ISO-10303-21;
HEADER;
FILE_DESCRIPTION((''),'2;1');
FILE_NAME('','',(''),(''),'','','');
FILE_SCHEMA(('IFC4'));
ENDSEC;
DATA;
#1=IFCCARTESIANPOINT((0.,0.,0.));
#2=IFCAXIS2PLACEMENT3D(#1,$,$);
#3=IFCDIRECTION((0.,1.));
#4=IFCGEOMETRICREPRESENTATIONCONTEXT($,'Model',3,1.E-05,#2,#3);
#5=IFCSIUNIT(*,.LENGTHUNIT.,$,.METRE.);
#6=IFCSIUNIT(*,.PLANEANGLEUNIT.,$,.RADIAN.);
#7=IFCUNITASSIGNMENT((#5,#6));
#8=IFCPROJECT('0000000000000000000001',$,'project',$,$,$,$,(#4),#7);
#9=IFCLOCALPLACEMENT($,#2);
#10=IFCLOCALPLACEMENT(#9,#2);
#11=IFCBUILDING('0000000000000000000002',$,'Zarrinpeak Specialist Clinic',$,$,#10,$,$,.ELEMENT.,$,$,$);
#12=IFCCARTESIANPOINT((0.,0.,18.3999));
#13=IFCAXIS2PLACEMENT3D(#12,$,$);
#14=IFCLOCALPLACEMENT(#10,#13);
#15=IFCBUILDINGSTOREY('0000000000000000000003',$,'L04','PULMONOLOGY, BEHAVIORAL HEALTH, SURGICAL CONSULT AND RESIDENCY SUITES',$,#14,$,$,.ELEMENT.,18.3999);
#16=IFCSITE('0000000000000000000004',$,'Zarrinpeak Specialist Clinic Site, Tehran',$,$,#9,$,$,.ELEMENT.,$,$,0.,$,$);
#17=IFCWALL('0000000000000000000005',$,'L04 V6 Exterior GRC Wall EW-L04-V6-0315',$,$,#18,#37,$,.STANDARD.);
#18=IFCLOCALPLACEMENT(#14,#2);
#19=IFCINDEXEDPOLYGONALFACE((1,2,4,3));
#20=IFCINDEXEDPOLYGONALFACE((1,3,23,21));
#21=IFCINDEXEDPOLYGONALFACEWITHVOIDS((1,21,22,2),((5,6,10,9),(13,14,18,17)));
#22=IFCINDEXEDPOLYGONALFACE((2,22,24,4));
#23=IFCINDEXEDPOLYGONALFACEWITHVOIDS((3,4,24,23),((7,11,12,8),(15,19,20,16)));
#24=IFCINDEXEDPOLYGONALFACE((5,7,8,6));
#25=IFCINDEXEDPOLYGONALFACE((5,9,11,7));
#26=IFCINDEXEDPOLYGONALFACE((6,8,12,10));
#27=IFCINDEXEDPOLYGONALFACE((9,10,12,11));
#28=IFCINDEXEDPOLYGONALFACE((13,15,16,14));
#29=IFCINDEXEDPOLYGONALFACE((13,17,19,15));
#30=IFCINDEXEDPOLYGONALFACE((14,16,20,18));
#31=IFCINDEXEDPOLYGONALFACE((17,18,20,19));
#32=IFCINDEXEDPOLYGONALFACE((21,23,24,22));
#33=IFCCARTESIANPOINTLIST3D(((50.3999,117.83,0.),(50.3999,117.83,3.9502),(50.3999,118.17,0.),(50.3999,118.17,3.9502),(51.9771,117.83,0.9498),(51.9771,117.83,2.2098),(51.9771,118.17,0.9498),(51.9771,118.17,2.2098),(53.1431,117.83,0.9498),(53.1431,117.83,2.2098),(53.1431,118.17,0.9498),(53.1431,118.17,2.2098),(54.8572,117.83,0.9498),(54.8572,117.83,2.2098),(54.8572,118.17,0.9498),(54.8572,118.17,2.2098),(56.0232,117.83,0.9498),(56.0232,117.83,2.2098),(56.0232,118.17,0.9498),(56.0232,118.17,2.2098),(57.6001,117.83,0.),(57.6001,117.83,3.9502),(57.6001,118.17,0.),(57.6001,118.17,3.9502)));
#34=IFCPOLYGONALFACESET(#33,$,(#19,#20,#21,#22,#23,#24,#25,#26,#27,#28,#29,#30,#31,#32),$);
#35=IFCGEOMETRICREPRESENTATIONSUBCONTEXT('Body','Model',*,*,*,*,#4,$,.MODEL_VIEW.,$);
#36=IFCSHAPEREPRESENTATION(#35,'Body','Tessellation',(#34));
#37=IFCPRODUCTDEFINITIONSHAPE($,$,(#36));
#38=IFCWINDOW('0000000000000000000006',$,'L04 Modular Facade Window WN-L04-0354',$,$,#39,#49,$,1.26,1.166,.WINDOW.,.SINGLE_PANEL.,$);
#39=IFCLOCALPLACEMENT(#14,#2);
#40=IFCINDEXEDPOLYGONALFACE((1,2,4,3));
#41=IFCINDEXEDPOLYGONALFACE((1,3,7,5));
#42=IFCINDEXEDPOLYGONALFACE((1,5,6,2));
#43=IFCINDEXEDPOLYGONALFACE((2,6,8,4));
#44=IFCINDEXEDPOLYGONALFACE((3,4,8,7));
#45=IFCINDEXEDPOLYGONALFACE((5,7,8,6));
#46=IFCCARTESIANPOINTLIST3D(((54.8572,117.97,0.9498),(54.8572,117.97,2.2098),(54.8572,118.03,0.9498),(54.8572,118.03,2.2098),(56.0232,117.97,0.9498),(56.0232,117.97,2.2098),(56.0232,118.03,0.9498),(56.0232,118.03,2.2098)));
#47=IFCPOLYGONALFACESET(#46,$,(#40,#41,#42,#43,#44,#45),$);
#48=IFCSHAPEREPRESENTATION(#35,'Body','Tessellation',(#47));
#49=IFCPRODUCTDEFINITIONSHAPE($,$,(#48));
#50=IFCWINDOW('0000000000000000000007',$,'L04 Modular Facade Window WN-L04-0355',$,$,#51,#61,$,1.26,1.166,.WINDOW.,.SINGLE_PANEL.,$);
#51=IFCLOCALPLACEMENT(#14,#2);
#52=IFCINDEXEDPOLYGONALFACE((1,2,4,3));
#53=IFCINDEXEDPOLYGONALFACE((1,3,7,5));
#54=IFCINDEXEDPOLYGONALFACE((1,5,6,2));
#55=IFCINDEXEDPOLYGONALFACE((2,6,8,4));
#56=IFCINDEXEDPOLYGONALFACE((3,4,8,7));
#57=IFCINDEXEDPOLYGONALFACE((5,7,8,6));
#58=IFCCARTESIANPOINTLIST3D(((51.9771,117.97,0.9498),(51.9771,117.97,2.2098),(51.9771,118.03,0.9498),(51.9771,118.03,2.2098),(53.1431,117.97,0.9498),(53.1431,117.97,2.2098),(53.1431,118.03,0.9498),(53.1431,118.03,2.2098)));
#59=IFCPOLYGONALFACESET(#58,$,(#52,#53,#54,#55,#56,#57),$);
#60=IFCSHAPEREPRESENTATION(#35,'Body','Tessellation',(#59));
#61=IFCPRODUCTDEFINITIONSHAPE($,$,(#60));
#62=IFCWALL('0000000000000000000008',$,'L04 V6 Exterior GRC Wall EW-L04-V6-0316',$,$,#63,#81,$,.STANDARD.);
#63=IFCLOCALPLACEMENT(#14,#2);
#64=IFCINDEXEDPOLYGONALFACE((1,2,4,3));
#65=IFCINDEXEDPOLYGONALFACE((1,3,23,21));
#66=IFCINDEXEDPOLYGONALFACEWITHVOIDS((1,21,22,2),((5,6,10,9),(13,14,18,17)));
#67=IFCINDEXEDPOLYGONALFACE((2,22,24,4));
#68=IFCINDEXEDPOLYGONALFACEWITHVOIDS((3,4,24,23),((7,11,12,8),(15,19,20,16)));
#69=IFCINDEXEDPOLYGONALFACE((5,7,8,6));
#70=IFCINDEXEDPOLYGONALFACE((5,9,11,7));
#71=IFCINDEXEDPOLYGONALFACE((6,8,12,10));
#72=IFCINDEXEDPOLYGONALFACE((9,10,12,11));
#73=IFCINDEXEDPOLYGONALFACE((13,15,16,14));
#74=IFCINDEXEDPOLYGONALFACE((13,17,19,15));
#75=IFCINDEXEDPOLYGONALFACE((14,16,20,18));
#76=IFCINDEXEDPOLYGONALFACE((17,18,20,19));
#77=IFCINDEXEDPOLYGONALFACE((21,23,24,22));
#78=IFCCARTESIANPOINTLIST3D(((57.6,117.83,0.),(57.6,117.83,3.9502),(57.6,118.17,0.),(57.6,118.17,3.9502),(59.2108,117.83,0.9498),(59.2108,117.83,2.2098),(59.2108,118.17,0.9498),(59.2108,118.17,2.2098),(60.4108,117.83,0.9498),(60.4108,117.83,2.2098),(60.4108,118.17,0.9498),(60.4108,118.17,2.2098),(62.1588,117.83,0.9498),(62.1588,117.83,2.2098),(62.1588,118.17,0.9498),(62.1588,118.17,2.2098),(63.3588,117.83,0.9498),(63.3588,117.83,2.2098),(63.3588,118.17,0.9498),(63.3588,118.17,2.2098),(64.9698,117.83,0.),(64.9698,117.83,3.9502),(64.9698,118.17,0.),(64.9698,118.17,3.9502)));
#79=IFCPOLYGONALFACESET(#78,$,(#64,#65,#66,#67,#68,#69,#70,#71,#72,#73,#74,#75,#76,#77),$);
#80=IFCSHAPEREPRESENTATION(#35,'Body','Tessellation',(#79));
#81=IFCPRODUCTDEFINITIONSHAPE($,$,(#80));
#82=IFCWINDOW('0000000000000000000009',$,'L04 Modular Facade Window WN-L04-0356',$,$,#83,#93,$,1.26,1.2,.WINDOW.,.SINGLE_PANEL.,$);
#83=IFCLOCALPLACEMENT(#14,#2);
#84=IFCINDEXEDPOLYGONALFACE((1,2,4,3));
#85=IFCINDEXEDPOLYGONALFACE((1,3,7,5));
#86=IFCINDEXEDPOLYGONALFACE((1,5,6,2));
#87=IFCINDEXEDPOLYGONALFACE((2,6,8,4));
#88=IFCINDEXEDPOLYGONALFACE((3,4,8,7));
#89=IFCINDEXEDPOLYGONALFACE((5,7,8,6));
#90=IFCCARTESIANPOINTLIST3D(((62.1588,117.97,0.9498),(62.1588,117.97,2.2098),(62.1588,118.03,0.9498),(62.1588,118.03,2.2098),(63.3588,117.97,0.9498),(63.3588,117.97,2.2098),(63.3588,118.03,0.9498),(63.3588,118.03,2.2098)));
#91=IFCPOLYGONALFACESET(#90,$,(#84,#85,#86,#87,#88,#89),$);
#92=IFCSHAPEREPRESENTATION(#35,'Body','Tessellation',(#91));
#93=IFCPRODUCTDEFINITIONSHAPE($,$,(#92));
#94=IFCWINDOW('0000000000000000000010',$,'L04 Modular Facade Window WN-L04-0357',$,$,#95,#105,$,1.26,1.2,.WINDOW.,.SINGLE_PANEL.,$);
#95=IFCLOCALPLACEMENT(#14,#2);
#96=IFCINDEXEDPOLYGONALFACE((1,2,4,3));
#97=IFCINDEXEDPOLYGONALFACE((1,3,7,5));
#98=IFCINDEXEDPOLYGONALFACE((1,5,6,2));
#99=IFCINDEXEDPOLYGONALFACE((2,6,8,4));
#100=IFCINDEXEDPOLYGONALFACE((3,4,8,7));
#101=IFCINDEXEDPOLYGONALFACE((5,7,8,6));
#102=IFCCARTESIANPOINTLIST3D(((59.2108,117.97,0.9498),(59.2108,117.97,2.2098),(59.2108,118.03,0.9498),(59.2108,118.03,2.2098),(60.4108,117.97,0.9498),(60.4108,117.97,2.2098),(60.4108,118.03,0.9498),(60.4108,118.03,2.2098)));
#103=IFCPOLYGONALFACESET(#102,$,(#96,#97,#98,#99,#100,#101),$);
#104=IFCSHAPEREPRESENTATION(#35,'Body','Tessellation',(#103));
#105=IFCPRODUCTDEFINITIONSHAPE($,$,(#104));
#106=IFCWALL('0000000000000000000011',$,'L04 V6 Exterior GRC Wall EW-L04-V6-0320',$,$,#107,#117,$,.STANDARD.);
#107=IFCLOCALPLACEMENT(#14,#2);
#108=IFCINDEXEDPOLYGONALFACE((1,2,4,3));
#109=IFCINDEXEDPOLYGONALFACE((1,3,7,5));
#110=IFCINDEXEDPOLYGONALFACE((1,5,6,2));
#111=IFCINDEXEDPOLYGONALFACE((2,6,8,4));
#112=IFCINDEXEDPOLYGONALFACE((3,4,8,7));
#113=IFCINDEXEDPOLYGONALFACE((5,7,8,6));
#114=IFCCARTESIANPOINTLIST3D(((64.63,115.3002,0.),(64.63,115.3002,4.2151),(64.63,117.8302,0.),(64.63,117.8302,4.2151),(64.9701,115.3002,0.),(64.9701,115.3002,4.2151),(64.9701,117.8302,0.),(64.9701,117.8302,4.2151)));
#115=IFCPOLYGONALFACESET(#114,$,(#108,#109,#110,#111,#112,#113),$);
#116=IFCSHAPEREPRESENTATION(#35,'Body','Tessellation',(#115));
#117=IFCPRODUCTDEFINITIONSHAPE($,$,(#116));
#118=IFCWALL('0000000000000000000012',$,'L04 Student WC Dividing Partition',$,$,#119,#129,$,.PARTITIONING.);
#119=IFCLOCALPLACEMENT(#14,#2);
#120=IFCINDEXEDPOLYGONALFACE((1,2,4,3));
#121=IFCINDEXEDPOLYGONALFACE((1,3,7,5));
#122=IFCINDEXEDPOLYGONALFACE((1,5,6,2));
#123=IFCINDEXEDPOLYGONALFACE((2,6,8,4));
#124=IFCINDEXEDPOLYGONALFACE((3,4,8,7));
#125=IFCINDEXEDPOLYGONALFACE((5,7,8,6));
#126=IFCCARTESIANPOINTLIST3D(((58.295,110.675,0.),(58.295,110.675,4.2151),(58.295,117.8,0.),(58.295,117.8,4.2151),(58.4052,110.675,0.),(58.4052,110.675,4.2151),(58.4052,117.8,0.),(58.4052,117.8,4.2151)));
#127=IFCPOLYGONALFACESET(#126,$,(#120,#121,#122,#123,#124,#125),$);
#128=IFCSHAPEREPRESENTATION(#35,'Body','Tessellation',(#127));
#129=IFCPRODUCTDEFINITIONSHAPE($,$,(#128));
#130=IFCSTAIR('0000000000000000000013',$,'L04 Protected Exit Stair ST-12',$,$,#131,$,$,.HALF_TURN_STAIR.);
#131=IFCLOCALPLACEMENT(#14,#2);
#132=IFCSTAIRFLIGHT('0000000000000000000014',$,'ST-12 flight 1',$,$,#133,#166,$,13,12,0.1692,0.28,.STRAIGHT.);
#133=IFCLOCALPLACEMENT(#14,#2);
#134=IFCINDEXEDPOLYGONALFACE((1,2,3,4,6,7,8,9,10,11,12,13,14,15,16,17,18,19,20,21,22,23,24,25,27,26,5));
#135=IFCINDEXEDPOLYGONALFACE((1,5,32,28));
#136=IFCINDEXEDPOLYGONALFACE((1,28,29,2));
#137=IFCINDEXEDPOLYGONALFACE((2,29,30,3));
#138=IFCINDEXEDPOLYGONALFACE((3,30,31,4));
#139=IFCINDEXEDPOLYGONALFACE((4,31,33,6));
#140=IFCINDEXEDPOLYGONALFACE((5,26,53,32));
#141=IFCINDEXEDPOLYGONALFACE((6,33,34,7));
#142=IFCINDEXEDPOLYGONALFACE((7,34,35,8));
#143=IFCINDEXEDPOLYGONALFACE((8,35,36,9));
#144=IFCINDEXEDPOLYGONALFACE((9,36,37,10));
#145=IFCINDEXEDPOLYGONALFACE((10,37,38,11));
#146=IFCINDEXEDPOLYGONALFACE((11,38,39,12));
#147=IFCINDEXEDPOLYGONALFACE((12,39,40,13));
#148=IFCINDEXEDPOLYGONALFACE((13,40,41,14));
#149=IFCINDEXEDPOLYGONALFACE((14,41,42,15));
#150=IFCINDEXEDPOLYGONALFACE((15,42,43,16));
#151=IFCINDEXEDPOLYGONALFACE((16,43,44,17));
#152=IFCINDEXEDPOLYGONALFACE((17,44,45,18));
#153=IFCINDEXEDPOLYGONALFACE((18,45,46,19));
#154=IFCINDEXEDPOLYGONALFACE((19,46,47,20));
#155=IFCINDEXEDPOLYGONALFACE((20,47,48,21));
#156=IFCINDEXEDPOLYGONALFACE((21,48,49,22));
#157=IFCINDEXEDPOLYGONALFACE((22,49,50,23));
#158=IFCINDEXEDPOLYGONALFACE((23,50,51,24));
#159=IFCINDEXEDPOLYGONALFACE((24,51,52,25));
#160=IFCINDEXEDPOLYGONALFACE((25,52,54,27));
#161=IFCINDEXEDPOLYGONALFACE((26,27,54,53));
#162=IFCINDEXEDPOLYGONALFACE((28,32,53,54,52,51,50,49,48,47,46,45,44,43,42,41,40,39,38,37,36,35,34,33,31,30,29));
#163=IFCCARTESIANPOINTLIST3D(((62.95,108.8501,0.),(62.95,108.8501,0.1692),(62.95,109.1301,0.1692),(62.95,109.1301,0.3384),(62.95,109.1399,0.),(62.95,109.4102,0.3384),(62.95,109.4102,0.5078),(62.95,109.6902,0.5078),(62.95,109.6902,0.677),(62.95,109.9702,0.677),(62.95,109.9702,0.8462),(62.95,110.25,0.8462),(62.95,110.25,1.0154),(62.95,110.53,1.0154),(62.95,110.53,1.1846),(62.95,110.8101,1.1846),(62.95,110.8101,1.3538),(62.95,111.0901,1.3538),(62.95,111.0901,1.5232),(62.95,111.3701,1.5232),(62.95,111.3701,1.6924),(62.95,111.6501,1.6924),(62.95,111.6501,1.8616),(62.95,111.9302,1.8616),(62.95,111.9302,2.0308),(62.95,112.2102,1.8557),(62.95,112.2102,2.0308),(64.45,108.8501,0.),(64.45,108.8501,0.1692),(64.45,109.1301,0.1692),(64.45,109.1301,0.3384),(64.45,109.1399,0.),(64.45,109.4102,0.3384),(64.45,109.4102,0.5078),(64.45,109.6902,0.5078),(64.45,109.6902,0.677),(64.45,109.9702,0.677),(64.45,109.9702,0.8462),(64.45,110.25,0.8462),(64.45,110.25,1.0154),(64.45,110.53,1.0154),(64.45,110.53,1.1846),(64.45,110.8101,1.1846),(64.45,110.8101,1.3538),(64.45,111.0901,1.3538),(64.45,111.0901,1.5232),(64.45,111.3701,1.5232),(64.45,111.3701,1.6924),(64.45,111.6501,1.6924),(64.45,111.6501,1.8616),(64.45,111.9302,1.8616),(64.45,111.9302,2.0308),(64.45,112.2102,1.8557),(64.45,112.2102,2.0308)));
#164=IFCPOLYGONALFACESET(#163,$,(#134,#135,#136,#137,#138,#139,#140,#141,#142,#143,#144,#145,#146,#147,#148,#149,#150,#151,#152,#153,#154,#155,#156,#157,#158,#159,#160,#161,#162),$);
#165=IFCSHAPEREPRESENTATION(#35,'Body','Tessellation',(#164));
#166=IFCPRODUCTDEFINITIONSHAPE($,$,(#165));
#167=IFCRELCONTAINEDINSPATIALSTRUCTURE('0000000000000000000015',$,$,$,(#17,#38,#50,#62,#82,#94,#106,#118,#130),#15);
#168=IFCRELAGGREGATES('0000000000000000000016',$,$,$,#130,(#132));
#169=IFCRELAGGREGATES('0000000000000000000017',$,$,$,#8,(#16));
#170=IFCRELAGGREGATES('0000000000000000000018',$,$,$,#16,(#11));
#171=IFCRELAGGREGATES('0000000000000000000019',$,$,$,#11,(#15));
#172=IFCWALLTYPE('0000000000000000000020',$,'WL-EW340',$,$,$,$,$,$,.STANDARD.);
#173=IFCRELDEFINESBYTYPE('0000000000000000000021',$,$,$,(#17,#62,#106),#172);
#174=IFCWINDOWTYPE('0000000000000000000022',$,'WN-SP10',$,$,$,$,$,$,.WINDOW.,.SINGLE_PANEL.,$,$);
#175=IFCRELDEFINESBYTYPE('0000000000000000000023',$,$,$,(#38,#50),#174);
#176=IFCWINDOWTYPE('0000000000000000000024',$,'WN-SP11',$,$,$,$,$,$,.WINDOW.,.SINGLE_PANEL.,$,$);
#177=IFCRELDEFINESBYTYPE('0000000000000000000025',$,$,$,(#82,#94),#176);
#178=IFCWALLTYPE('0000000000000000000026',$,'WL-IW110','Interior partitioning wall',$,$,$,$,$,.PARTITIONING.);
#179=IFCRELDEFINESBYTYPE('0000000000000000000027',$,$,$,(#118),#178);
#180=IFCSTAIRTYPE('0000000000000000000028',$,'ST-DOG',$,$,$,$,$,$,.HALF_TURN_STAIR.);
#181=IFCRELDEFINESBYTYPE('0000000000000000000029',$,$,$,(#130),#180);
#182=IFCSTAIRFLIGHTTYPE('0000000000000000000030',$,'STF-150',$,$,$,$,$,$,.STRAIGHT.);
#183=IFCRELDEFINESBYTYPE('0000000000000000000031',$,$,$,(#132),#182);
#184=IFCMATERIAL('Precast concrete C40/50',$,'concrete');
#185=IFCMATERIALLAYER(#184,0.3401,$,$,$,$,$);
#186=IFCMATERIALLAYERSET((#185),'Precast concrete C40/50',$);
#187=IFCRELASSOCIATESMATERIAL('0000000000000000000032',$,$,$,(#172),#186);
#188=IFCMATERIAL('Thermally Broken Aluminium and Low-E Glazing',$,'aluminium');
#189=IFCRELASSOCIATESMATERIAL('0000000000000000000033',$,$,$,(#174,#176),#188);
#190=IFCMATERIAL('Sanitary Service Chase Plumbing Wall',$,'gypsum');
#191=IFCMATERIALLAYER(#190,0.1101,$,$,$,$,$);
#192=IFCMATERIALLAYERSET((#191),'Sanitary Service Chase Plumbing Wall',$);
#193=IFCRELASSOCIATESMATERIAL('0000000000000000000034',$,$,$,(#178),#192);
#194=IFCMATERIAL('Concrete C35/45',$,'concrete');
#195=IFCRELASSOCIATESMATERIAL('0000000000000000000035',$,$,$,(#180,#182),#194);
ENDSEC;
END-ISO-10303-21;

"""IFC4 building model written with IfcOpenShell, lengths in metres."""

from ifc_helpers import new_model, si_unit, direction, frame, frame_2d, origin, place, context, subcontext, project, spatial, polyline, rectangle, outline, extrude, material, layer, layer_set, type_object, element, fill, aggregate, save


model = new_model("IFC4")

# Units and contexts
model_context = context("Model", 3, precision=1e-05, world=origin(), true_north=direction((0.0, 1.0)))
body_context = subcontext(model_context, "Body", "Model", "MODEL_VIEW")
ifc_project = project(units=[si_unit("LENGTHUNIT", "METRE"), si_unit("PLANEANGLEUNIT", "RADIAN")], contexts=[model_context])

# Site, building, storey
site_placement = place(None, origin())
site = spatial("IfcSite", under=ifc_project, at=site_placement, Name="Zarrinpeak Specialist Clinic Site, Tehran", CompositionType="ELEMENT", RefElevation=0.0)
building_placement = place(site_placement, origin())
building = spatial("IfcBuilding", under=site, at=building_placement, Name="Zarrinpeak Specialist Clinic", CompositionType="ELEMENT")
storey_placement = place(building_placement, frame((0.0, 0.0, 18.3999)))
storey = spatial("IfcBuildingStorey", under=building, at=storey_placement, Name="L04", Description="PULMONOLOGY, BEHAVIORAL HEALTH, SURGICAL CONSULT AND RESIDENCY SUITES", CompositionType="ELEMENT", Elevation=18.3999)

# Walls, openings, windows
ifc_material_1 = material(Name="Precast concrete C40/50", Category="concrete")
ifc_layer_1 = layer(ifc_material_1, 0.3401)
ifc_layer_set_1 = layer_set([ifc_layer_1], Name="Precast concrete C40/50")
wall_type_1 = type_object("IfcWallType", Name="WL-EW340", PredefinedType="STANDARD", material=ifc_layer_set_1)
wall_1_placement = place(storey_placement, frame((57.6001, 118.0, 0.0), z_axis=(0.0, 0.0, 1.0), x_axis=(-1.0, 0.0, 0.0)))
wall_1 = element("IfcWall", 1, at=wall_1_placement, inside=storey, type_object=wall_type_1, Name="L04 V6 Exterior GRC Wall EW-L04-V6-0315", PredefinedType="STANDARD", context=body_context, shape_type="SweptSolid", body=[
    extrude(rectangle(XDim=7.2002, YDim=0.3401, at=frame_2d((3.6001, 0.0))), origin(), (0.0, 0.0, 1.0), 3.9502),
])
opening_1_placement = place(wall_1_placement, frame((1.5769, 0.0, 0.95)))
opening_1 = element("IfcOpeningElement", 2, at=opening_1_placement, cuts=wall_1, PredefinedType="OPENING", context=body_context, shape_type="SweptSolid", body=[
    extrude(rectangle(XDim=1.166, YDim=1.26, at=frame_2d((0.583, 0.6299))), frame((0.0, 0.1802, 0.0), z_axis=(0.0, -1.0, 0.0), x_axis=(1.0, 0.0, 0.0)), (0.0, 0.0, 1.0), 0.3601),
])
opening_2_placement = place(wall_1_placement, frame((4.457, 0.0, 0.95)))
opening_2 = element("IfcOpeningElement", 3, at=opening_2_placement, cuts=wall_1, PredefinedType="OPENING", context=body_context, shape_type="SweptSolid", body=[
    extrude(rectangle(XDim=1.166, YDim=1.26, at=frame_2d((0.583, 0.6299))), frame((0.0, 0.1802, 0.0), z_axis=(0.0, -1.0, 0.0), x_axis=(1.0, 0.0, 0.0)), (0.0, 0.0, 1.0), 0.3601),
])
ifc_material_2 = material(Name="Thermally Broken Aluminium and Low-E Glazing", Category="aluminium")
window_type_1 = type_object("IfcWindowType", Name="WN-SP10", PartitioningType="SINGLE_PANEL", PredefinedType="WINDOW", material=ifc_material_2)
window_1_placement = place(opening_1_placement, origin())
window_1 = element("IfcWindow", 4, at=window_1_placement, inside=storey, type_object=window_type_1, Name="L04 Modular Facade Window WN-L04-0354", OverallHeight=1.26, OverallWidth=1.166, PartitioningType="SINGLE_PANEL", PredefinedType="WINDOW", context=body_context, shape_type="SweptSolid", body=[
    extrude(rectangle(XDim=1.166, YDim=1.26, at=frame_2d((0.583, 0.6299))), frame((0.0, 0.03, 0.0), z_axis=(0.0, -1.0, 0.0), x_axis=(1.0, 0.0, 0.0)), (0.0, 0.0, 1.0), 0.0601),
])
fill(opening_1, window_1)
window_2_placement = place(opening_2_placement, origin())
window_2 = element("IfcWindow", 5, at=window_2_placement, inside=storey, type_object=window_type_1, Name="L04 Modular Facade Window WN-L04-0355", OverallHeight=1.26, OverallWidth=1.166, PartitioningType="SINGLE_PANEL", PredefinedType="WINDOW", context=body_context, shape_type="SweptSolid", body=[
    extrude(rectangle(XDim=1.166, YDim=1.26, at=frame_2d((0.583, 0.6299))), frame((0.0, 0.03, 0.0), z_axis=(0.0, -1.0, 0.0), x_axis=(1.0, 0.0, 0.0)), (0.0, 0.0, 1.0), 0.0601),
])
fill(opening_2, window_2)
wall_2_placement = place(storey_placement, frame((64.97, 118.0, 0.0), z_axis=(0.0, 0.0, 1.0), x_axis=(-1.0, 0.0, 0.0)))
wall_2 = element("IfcWall", 6, at=wall_2_placement, inside=storey, type_object=wall_type_1, Name="L04 V6 Exterior GRC Wall EW-L04-V6-0316", PredefinedType="STANDARD", context=body_context, shape_type="SweptSolid", body=[
    extrude(rectangle(XDim=7.3699, YDim=0.3401, at=frame_2d((3.6851, 0.0))), origin(), (0.0, 0.0, 1.0), 3.9502),
])
opening_3_placement = place(wall_2_placement, frame((1.6111, 0.0, 0.95)))
opening_3 = element("IfcOpeningElement", 7, at=opening_3_placement, cuts=wall_2, PredefinedType="OPENING", context=body_context, shape_type="SweptSolid", body=[
    extrude(rectangle(XDim=1.2, YDim=1.26, at=frame_2d((0.6001, 0.6299))), frame((0.0, 0.1802, 0.0), z_axis=(0.0, -1.0, 0.0), x_axis=(1.0, 0.0, 0.0)), (0.0, 0.0, 1.0), 0.3601),
])
opening_4_placement = place(wall_2_placement, frame((4.5591, 0.0, 0.95)))
opening_4 = element("IfcOpeningElement", 8, at=opening_4_placement, cuts=wall_2, PredefinedType="OPENING", context=body_context, shape_type="SweptSolid", body=[
    extrude(rectangle(XDim=1.2, YDim=1.26, at=frame_2d((0.6001, 0.6299))), frame((0.0, 0.1802, 0.0), z_axis=(0.0, -1.0, 0.0), x_axis=(1.0, 0.0, 0.0)), (0.0, 0.0, 1.0), 0.3601),
])
window_type_2 = type_object("IfcWindowType", Name="WN-SP11", PartitioningType="SINGLE_PANEL", PredefinedType="WINDOW", material=ifc_material_2)
window_3_placement = place(opening_3_placement, origin())
window_3 = element("IfcWindow", 9, at=window_3_placement, inside=storey, type_object=window_type_2, Name="L04 Modular Facade Window WN-L04-0356", OverallHeight=1.26, OverallWidth=1.2, PartitioningType="SINGLE_PANEL", PredefinedType="WINDOW", context=body_context, shape_type="SweptSolid", body=[
    extrude(rectangle(XDim=1.2, YDim=1.26, at=frame_2d((0.6001, 0.6299))), frame((0.0, 0.03, 0.0), z_axis=(0.0, -1.0, 0.0), x_axis=(1.0, 0.0, 0.0)), (0.0, 0.0, 1.0), 0.0601),
])
fill(opening_3, window_3)
window_4_placement = place(opening_4_placement, origin())
window_4 = element("IfcWindow", 10, at=window_4_placement, inside=storey, type_object=window_type_2, Name="L04 Modular Facade Window WN-L04-0357", OverallHeight=1.26, OverallWidth=1.2, PartitioningType="SINGLE_PANEL", PredefinedType="WINDOW", context=body_context, shape_type="SweptSolid", body=[
    extrude(rectangle(XDim=1.2, YDim=1.26, at=frame_2d((0.6001, 0.6299))), frame((0.0, 0.03, 0.0), z_axis=(0.0, -1.0, 0.0), x_axis=(1.0, 0.0, 0.0)), (0.0, 0.0, 1.0), 0.0601),
])
fill(opening_4, window_4)

# Walls
wall_3_placement = place(storey_placement, frame((64.8, 115.3, 0.0), z_axis=(0.0, 0.0, 1.0), x_axis=(0.0, 1.0, 0.0)))
element("IfcWall", 11, at=wall_3_placement, inside=storey, type_object=wall_type_1, Name="L04 V6 Exterior GRC Wall EW-L04-V6-0320", PredefinedType="STANDARD", context=body_context, shape_type="SweptSolid", body=[
    extrude(rectangle(XDim=2.53, YDim=0.3401, at=frame_2d((1.2651, 0.0))), origin(), (0.0, 0.0, 1.0), 4.2151),
])
ifc_material_3 = material(Name="Sanitary Service Chase Plumbing Wall", Category="gypsum")
ifc_layer_2 = layer(ifc_material_3, 0.1101)
ifc_layer_set_2 = layer_set([ifc_layer_2], Name="Sanitary Service Chase Plumbing Wall")
wall_type_2 = type_object("IfcWallType", Name="WL-IW110", Description="Interior partitioning wall", PredefinedType="PARTITIONING", material=ifc_layer_set_2)
wall_4_placement = place(storey_placement, frame((58.3501, 110.675, 0.0), z_axis=(0.0, 0.0, 1.0), x_axis=(0.0, 1.0, 0.0)))
element("IfcWall", 12, at=wall_4_placement, inside=storey, type_object=wall_type_2, Name="L04 Student WC Dividing Partition", PredefinedType="PARTITIONING", context=body_context, shape_type="SweptSolid", body=[
    extrude(rectangle(XDim=7.125, YDim=0.1101, at=frame_2d((3.5625, 0.0))), origin(), (0.0, 0.0, 1.0), 4.2151),
])

# Stair, stair flight
ifc_material_4 = material(Name="Concrete C35/45", Category="concrete")
stair_type = type_object("IfcStairType", Name="ST-DOG", PredefinedType="HALF_TURN_STAIR", material=ifc_material_4)
stair_placement = place(storey_placement, origin())
stair = element("IfcStair", 13, at=stair_placement, inside=storey, type_object=stair_type, Name="L04 Protected Exit Stair ST-12", PredefinedType="HALF_TURN_STAIR")
stair_flight_type = type_object("IfcStairFlightType", Name="STF-150", PredefinedType="STRAIGHT", material=ifc_material_4)
stair_flight_1_placement = place(storey_placement, frame((63.7, 108.8501, 0.0), z_axis=(0.0, 0.0, 1.0), x_axis=(0.0, 1.0, 0.0)))
stair_flight_1 = element("IfcStairFlight", 14, at=stair_flight_1_placement, type_object=stair_flight_type, Name="ST-12 flight 1", NumberOfRisers=13, NumberOfTreads=12, PredefinedType="STRAIGHT", RiserHeight=0.1692, TreadLength=0.28, context=body_context, shape_type="SweptSolid", body=[
    extrude(outline(polyline([(0.0, 0.0), (0.0, 0.1692), (0.28, 0.1692), (0.28, 0.3384), (0.5601, 0.3384), (0.5601, 0.5078), (0.8401, 0.5078), (0.8401, 0.677), (1.1201, 0.677), (1.1201, 0.8462), (1.3999, 0.8462), (1.3999, 1.0154), (1.6799, 1.0154), (1.6799, 1.1846), (1.96, 1.1846), (1.96, 1.3538), (2.24, 1.3538), (2.24, 1.5232), (2.52, 1.5232), (2.52, 1.6924), (2.8, 1.6924), (2.8, 1.8616), (3.0801, 1.8616), (3.0801, 2.0308), (3.3601, 2.0308), (3.3601, 2.2), (3.3601, 1.8557), (0.2898, 0.0), (0.0, 0.0)])), frame((0.0, 0.75, 0.0), z_axis=(0.0, -1.0, 0.0), x_axis=(1.0, 0.0, 0.0)), (0.0, 0.0, 1.0), 1.5),
])
aggregate(stair, [stair_flight_1])

save(model, "model.ifc")
